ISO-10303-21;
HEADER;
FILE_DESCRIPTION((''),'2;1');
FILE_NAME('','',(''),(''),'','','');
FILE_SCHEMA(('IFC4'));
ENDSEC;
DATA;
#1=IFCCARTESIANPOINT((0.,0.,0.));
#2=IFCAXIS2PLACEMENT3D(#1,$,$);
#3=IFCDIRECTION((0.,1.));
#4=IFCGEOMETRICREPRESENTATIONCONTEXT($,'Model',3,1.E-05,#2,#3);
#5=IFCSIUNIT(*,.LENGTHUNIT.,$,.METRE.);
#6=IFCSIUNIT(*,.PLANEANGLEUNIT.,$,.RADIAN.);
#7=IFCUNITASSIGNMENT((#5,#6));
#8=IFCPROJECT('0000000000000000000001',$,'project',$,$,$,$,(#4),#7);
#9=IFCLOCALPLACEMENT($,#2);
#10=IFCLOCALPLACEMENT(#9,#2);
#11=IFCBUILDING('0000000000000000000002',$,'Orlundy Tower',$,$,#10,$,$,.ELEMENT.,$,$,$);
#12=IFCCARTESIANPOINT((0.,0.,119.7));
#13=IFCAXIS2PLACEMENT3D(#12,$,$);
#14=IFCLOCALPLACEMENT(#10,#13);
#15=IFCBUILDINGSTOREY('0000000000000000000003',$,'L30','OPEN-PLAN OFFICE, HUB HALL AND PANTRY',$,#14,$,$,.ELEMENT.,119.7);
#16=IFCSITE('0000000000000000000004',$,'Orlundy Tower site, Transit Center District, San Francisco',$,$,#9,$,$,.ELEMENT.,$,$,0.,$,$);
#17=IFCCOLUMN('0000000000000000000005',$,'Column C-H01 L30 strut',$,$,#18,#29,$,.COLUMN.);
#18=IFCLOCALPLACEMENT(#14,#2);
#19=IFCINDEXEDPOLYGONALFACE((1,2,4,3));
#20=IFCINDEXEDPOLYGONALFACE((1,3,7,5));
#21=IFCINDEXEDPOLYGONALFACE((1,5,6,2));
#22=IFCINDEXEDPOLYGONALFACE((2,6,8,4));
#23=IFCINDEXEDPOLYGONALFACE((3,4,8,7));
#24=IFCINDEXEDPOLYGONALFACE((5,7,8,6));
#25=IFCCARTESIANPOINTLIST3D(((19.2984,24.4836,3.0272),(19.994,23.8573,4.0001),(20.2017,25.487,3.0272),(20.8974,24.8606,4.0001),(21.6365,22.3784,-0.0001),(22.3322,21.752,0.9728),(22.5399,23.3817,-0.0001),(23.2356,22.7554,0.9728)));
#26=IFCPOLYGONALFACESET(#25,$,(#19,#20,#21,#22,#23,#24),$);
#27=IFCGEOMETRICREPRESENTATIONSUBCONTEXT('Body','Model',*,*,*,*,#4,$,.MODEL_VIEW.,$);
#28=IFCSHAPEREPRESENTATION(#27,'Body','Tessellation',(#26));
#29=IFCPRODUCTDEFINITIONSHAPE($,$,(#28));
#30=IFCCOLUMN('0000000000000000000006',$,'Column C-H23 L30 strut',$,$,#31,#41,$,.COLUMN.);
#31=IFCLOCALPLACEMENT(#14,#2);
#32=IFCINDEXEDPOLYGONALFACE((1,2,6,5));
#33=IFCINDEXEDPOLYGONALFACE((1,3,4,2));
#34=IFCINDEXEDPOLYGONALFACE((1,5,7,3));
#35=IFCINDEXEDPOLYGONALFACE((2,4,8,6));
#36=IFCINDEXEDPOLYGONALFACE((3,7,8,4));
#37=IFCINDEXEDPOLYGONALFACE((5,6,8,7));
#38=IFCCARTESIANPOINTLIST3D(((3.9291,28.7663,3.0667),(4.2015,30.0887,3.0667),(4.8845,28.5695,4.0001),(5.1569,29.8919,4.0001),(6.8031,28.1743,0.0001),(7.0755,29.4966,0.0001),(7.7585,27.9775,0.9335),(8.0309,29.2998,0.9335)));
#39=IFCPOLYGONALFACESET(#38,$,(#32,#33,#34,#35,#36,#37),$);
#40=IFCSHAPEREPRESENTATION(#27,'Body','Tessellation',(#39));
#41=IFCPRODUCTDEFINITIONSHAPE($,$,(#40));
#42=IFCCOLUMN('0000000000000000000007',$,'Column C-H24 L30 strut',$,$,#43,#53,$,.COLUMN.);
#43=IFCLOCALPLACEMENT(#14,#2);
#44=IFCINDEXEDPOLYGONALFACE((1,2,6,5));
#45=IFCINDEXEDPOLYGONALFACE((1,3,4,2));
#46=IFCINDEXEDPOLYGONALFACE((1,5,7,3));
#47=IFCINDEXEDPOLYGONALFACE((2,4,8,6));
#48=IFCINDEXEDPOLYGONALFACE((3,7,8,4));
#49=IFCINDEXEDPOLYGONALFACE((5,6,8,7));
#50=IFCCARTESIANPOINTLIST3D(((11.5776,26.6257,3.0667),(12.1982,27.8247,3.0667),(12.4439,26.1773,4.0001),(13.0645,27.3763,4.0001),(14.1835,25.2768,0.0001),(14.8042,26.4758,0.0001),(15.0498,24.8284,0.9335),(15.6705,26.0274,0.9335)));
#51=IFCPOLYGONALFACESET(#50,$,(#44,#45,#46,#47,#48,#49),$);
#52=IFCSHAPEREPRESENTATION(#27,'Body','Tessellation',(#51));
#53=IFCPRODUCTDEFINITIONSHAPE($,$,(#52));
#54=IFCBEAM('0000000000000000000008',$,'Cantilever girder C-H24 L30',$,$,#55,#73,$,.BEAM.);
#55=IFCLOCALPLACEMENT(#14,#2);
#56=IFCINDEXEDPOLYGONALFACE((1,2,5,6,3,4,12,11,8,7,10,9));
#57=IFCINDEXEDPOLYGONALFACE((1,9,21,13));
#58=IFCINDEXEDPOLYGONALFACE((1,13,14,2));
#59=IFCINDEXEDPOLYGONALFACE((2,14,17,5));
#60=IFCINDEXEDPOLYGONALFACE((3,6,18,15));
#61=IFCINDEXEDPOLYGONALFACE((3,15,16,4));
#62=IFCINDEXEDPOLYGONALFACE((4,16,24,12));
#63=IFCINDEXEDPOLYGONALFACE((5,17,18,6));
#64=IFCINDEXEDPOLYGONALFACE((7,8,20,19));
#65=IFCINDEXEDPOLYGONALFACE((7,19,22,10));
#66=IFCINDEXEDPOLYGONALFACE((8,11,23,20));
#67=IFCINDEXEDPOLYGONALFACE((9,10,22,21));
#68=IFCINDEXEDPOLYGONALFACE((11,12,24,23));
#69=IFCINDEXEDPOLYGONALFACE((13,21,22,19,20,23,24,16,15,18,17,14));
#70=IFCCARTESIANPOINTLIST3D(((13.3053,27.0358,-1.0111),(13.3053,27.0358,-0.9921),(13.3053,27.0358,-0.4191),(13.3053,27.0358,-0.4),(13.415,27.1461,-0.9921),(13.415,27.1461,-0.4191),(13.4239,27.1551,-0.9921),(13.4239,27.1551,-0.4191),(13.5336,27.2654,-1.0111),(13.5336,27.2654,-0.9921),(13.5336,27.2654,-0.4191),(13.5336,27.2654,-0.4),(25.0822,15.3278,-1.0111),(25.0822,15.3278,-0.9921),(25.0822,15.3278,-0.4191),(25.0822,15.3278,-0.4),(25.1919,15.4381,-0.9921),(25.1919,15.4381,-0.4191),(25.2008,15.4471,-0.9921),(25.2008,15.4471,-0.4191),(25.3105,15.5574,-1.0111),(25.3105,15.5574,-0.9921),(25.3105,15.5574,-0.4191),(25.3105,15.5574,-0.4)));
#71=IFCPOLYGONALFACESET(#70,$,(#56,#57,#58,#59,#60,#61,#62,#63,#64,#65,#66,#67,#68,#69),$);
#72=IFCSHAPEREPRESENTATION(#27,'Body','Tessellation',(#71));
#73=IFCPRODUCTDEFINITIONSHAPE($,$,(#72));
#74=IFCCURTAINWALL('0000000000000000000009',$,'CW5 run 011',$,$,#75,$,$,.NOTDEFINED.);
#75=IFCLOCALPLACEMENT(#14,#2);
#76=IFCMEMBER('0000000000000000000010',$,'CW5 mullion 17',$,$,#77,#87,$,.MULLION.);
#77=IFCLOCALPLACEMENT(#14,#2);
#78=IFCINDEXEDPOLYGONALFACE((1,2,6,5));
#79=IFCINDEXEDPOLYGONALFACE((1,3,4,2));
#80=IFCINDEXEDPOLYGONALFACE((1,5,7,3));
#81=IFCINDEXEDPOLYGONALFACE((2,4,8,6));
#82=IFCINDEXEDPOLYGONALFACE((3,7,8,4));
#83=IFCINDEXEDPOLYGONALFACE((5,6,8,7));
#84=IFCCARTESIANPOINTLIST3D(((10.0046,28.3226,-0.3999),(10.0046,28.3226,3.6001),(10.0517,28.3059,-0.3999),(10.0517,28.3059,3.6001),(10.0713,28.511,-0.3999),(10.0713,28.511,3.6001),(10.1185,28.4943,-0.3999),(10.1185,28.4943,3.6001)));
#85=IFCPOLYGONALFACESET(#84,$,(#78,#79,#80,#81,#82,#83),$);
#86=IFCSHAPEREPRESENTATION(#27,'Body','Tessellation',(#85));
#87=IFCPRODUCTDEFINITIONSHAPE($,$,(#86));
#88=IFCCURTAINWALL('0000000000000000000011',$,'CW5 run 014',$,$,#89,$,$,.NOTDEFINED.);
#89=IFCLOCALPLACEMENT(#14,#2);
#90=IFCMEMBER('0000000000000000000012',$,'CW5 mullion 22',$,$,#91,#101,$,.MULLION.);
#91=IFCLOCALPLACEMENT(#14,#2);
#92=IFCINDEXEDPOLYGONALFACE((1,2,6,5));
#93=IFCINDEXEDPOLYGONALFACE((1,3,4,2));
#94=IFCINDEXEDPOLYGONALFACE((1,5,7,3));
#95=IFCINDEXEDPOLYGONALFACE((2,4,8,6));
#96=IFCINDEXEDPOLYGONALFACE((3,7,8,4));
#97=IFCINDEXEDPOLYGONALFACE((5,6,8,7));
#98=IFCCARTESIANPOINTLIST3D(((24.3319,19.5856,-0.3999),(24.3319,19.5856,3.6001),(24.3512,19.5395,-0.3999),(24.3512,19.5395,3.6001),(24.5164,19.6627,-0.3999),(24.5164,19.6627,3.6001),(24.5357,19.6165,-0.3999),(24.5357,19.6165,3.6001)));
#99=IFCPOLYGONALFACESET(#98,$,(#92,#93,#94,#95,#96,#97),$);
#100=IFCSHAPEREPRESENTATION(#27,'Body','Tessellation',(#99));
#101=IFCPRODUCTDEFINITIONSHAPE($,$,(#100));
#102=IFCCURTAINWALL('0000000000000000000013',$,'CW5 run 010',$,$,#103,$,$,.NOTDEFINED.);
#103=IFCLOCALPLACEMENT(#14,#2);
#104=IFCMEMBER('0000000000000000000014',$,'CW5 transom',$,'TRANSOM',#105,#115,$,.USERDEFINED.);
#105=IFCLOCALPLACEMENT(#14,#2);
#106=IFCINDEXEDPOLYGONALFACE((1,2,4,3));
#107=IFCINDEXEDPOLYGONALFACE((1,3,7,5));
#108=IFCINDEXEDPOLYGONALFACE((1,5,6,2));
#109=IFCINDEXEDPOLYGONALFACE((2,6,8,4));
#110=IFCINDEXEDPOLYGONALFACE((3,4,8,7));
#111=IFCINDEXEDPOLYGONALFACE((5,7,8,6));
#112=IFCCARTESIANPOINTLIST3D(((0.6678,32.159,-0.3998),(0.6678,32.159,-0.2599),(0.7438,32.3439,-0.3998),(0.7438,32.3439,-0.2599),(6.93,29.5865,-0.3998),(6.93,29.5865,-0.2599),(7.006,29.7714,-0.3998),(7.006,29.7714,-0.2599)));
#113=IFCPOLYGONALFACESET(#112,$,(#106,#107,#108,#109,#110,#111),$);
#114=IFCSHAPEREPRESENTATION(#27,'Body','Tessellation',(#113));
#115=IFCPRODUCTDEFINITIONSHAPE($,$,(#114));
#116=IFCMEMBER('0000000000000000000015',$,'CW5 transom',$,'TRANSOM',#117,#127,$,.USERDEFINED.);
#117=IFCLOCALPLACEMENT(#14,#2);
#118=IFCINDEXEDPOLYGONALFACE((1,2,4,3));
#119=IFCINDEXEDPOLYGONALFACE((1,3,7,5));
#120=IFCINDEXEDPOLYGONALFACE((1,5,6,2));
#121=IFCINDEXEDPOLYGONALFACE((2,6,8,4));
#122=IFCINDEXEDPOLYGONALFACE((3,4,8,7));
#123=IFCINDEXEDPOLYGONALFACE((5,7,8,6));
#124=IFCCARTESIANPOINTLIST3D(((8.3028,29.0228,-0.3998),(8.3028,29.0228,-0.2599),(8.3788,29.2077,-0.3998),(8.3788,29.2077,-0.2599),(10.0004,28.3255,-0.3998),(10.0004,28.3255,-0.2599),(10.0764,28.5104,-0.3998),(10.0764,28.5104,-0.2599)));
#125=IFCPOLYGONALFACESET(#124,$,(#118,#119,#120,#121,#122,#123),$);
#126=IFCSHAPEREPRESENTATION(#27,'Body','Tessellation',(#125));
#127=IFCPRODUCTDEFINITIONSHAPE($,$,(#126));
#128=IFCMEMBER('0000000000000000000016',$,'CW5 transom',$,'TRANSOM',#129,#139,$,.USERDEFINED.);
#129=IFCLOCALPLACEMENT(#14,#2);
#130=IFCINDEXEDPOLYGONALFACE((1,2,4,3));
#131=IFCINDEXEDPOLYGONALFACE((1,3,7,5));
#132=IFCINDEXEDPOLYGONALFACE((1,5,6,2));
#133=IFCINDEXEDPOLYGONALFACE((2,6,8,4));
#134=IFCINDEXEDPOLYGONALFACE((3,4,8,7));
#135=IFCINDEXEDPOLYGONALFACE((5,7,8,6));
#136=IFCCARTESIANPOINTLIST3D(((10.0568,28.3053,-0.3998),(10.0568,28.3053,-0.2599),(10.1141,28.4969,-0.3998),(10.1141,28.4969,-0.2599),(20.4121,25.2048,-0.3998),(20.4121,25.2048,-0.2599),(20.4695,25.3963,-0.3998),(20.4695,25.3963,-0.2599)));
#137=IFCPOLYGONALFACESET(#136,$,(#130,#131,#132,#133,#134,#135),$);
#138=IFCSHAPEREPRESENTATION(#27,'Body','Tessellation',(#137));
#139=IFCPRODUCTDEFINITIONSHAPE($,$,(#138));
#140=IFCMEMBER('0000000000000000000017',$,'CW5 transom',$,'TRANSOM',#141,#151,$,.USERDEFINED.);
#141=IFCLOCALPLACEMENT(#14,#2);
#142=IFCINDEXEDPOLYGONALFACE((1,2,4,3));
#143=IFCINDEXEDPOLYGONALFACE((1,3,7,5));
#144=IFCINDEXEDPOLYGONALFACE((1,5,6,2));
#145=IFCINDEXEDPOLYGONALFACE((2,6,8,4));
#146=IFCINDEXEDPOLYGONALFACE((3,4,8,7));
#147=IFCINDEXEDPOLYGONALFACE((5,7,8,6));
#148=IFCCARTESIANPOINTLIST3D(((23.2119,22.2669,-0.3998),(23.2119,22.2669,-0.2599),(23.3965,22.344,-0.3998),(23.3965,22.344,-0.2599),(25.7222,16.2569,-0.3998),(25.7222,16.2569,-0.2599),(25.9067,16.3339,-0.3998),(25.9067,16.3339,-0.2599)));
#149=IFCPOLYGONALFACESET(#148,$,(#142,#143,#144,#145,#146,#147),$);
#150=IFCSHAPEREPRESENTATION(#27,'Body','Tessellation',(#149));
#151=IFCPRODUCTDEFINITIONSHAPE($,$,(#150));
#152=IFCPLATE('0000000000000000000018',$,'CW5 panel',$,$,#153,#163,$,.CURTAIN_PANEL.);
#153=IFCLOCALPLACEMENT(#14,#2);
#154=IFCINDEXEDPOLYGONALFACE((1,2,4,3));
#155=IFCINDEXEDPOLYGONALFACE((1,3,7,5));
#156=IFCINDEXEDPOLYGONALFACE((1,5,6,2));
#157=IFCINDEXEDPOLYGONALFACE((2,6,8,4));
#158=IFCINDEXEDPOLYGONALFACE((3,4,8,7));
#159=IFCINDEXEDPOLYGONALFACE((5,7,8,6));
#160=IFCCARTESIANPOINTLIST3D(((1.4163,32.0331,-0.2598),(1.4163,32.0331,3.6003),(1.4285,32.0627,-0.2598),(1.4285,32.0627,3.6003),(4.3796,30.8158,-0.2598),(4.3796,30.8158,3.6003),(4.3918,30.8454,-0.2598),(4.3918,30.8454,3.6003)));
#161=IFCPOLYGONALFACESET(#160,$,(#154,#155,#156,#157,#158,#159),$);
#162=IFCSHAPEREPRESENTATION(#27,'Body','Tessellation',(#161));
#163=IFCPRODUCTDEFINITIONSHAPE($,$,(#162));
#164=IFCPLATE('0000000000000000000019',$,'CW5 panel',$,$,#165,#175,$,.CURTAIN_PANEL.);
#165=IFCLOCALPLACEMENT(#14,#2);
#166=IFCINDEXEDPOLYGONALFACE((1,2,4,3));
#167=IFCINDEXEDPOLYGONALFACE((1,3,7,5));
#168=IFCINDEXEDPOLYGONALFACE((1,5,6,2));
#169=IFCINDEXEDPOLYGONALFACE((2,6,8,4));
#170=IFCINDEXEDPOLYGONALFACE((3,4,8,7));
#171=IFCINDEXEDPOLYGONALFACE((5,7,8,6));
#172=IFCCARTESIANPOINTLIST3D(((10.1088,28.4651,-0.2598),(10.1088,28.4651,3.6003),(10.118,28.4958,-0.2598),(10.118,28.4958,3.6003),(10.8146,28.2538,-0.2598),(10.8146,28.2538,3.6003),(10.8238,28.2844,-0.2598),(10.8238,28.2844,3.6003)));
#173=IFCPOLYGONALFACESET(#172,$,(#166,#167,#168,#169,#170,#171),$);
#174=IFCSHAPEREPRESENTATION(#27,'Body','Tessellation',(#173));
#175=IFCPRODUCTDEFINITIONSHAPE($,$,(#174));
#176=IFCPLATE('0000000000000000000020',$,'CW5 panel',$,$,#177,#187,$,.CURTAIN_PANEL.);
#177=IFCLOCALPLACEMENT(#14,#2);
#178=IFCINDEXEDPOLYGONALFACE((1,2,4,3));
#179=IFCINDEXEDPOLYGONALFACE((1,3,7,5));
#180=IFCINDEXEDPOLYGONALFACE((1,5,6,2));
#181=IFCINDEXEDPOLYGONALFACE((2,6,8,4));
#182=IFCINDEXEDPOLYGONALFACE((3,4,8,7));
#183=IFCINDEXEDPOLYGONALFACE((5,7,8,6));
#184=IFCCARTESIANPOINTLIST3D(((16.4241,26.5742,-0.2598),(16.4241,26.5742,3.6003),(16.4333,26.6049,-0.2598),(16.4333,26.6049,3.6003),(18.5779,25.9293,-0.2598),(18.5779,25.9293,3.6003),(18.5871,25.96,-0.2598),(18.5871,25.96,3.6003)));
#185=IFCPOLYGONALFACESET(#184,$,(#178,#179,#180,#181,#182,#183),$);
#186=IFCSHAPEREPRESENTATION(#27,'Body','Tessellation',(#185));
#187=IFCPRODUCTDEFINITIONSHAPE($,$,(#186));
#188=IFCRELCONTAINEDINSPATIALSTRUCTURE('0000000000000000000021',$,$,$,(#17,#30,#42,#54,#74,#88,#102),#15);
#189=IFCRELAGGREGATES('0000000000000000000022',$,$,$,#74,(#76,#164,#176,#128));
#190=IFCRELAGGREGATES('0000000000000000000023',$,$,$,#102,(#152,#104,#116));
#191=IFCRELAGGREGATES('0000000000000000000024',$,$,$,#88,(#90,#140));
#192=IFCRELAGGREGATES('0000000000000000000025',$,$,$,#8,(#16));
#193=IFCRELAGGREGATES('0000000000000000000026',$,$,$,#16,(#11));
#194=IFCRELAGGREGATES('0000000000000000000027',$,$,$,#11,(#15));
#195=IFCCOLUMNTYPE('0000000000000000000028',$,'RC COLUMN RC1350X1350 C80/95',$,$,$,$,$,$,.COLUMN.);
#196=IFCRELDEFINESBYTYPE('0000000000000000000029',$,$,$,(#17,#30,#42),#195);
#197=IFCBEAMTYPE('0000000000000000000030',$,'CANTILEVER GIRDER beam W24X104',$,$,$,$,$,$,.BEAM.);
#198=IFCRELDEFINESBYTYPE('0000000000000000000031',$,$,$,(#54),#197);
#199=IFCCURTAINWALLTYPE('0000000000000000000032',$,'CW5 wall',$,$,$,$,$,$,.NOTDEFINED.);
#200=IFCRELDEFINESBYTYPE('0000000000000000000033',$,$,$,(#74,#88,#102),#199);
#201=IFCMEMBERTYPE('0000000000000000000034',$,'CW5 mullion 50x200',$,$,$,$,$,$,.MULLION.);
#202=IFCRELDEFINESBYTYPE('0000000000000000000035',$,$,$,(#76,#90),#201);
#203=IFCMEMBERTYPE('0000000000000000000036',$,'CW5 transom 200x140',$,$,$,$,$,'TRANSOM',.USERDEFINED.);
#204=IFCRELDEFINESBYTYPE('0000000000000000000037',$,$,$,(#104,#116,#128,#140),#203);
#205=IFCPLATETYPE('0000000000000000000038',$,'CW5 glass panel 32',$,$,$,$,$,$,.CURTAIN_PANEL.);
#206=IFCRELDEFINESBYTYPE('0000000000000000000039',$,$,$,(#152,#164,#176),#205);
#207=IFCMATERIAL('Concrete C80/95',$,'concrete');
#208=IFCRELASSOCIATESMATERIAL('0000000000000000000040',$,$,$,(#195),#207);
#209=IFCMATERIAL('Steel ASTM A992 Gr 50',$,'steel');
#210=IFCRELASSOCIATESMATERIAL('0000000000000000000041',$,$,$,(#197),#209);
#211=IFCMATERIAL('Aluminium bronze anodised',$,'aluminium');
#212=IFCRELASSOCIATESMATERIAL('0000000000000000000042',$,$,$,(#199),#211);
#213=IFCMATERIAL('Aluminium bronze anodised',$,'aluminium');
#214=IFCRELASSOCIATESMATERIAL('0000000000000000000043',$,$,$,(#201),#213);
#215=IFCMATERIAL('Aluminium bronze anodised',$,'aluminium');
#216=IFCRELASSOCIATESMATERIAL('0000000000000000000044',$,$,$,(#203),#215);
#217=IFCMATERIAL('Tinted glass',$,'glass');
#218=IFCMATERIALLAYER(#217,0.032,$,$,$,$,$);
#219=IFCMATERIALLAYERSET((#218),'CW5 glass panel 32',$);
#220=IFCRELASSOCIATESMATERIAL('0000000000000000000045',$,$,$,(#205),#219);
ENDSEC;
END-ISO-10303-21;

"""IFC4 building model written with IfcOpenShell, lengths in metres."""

from ifc_helpers import new_model, si_unit, direction, frame, origin, origin_2d, place, context, subcontext, project, spatial, rectangle, i_section, extrude, material, layer, layer_set, material_profile, profile_set, type_object, element, aggregate, save


model = new_model("IFC4")

# Units and contexts
model_context = context("Model", 3, precision=1e-05, world=origin(), true_north=direction((0.0, 1.0)))
body_context = subcontext(model_context, "Body", "Model", "MODEL_VIEW")
ifc_project = project(units=[si_unit("LENGTHUNIT", "METRE"), si_unit("PLANEANGLEUNIT", "RADIAN")], contexts=[model_context])

# Site, building, storey
site_placement = place(None, origin())
site = spatial("IfcSite", under=ifc_project, at=site_placement, Name="Orlundy Tower site, Transit Center District, San Francisco", CompositionType="ELEMENT", RefElevation=0.0)
building_placement = place(site_placement, origin())
building = spatial("IfcBuilding", under=site, at=building_placement, Name="Orlundy Tower", CompositionType="ELEMENT")
storey_placement = place(building_placement, frame((0.0, 0.0, 119.7)))
storey = spatial("IfcBuildingStorey", under=building, at=storey_placement, Name="L30", Description="OPEN-PLAN OFFICE, HUB HALL AND PANTRY", CompositionType="ELEMENT", Elevation=119.7)

# Columns
ifc_material_1 = material(Name="Concrete C80/95", Category="concrete")
ifc_material_profile_1 = material_profile(ifc_material_1, rectangle(XDim=1.3501, YDim=1.3501, at=origin_2d()), Name="RC1350X1350")
ifc_profile_set_1 = profile_set([ifc_material_profile_1], Name="Concrete C80/95")
column_type = type_object("IfcColumnType", Name="RC COLUMN RC1350X1350 C80/95", PredefinedType="COLUMN", material=ifc_profile_set_1)
column_placement = place(storey_placement, frame((22.436, 22.5669, 0.4863), z_axis=(-0.535509, 0.482165, 0.69336), x_axis=(-0.669123, -0.743151, 0.0)))
element("IfcColumn", 1, at=column_placement, inside=storey, type_object=column_type, Name="Column C-H01 L30 strut", PredefinedType="COLUMN", context=body_context, shape_type="SweptSolid", body=[
    extrude(rectangle(XDim=1.3501, YDim=1.3501, at=origin_2d()), origin(), (0.0, 0.0, 1.0), 4.3662),
])
for number, where, z_axis, x_axis, name in (
    (2, (7.417, 28.7371, 0.4668), (-0.677134, 0.139488, 0.722518), (-0.201761, -0.979435, 0.0), "Column C-H23 L30 strut"),
    (3, (14.927, 25.6521, 0.4668), (-0.613977, 0.317802, 0.722519), (-0.459683, -0.888083, 0.0), "Column C-H24 L30 strut"),
):
    element("IfcColumn", number, at=place(storey_placement, frame(where, z_axis=z_axis, x_axis=x_axis)), inside=storey, type_object=column_type, Name=name, PredefinedType="COLUMN", context=body_context, shape_type="SweptSolid", body=[
        extrude(rectangle(XDim=1.3501, YDim=1.3501, at=origin_2d()), origin(), (0.0, 0.0, 1.0), 4.2444),
    ])

# Beam
ifc_material_2 = material(Name="Steel ASTM A992 Gr 50", Category="steel")
ifc_material_profile_2 = material_profile(ifc_material_2, i_section(OverallWidth=0.3237, OverallDepth=0.6111, WebThickness=0.0127, FlangeThickness=0.019, at=origin_2d()), Name="W24X104")
ifc_profile_set_2 = profile_set([ifc_material_profile_2], Name="Steel ASTM A992 Gr 50")
beam_type = type_object("IfcBeamType", Name="CANTILEVER GIRDER beam W24X104", PredefinedType="BEAM", material=ifc_profile_set_2)
beam_placement = place(storey_placement, frame((13.4194, 27.1506, -0.7056), z_axis=(0.709177, -0.705031, 0.0), x_axis=(0.705031, 0.709177, 0.0)))
element("IfcBeam", 4, at=beam_placement, inside=storey, type_object=beam_type, Name="Cantilever girder C-H24 L30", PredefinedType="BEAM", context=body_context, shape_type="SweptSolid", body=[
    extrude(i_section(OverallWidth=0.3237, OverallDepth=0.6111, WebThickness=0.0127, FlangeThickness=0.019, at=origin_2d()), origin(), (0.0, 0.0, 1.0), 16.6064),
])

# Curtain walls, members
ifc_material_3 = material(Name="Aluminium bronze anodised", Category="aluminium")
curtain_wall_type = type_object("IfcCurtainWallType", Name="CW5 wall", PredefinedType="NOTDEFINED", material=ifc_material_3)
curtain_wall_1_placement = place(storey_placement, origin())
curtain_wall_1 = element("IfcCurtainWall", 5, at=curtain_wall_1_placement, inside=storey, type_object=curtain_wall_type, Name="CW5 run 011", PredefinedType="NOTDEFINED")
ifc_material_4 = material(Name="Aluminium bronze anodised", Category="aluminium")
ifc_material_profile_3 = material_profile(ifc_material_4, rectangle(XDim=0.2, YDim=0.05, at=origin_2d()), Name="CW5 mullion 50x200")
ifc_profile_set_3 = profile_set([ifc_material_profile_3], Name="Aluminium bronze anodised")
member_type_1 = type_object("IfcMemberType", Name="CW5 mullion 50x200", PredefinedType="MULLION", material=ifc_profile_set_3)
member_1_placement = place(storey_placement, frame((10.0615, 28.4084, -0.3999), z_axis=(0.0, 0.0, 1.0), x_axis=(0.333819, 0.942637, 0.0)))
member_1 = element("IfcMember", 6, at=member_1_placement, type_object=member_type_1, Name="CW5 mullion 17", PredefinedType="MULLION", context=body_context, shape_type="SweptSolid", body=[
    extrude(rectangle(XDim=0.2, YDim=0.05, at=origin_2d()), origin(), (0.0, 0.0, 1.0), 4.0),
])
curtain_wall_2_placement = place(storey_placement, origin())
curtain_wall_2 = element("IfcCurtainWall", 7, at=curtain_wall_2_placement, inside=storey, type_object=curtain_wall_type, Name="CW5 run 014", PredefinedType="NOTDEFINED")
member_2_placement = place(storey_placement, frame((24.4338, 19.6011, -0.3999), z_axis=(0.0, 0.0, 1.0), x_axis=(0.922742, 0.385419, 0.0)))
member_2 = element("IfcMember", 8, at=member_2_placement, type_object=member_type_1, Name="CW5 mullion 22", PredefinedType="MULLION", context=body_context, shape_type="SweptSolid", body=[
    extrude(rectangle(XDim=0.2, YDim=0.05, at=origin_2d()), origin(), (0.0, 0.0, 1.0), 4.0),
])

# Curtain wall, members
curtain_wall_3_placement = place(storey_placement, origin())
curtain_wall_3 = element("IfcCurtainWall", 9, at=curtain_wall_3_placement, inside=storey, type_object=curtain_wall_type, Name="CW5 run 010", PredefinedType="NOTDEFINED")
ifc_material_5 = material(Name="Aluminium bronze anodised", Category="aluminium")
ifc_material_profile_4 = material_profile(ifc_material_5, rectangle(XDim=0.2, YDim=0.1399, at=origin_2d()), Name="CW5 transom 200x140")
ifc_profile_set_4 = profile_set([ifc_material_profile_4], Name="Aluminium bronze anodised")
member_type_2 = type_object("IfcMemberType", Name="CW5 transom 200x140", ElementType="TRANSOM", PredefinedType="USERDEFINED", material=ifc_profile_set_4)
member_3_placement = place(storey_placement, frame((0.7058, 32.2515, -0.3298), z_axis=(0.924992, -0.379986, 0.0), x_axis=(0.379986, 0.924992, 0.0)))
member_3 = element("IfcMember", 10, at=member_3_placement, type_object=member_type_2, Name="CW5 transom", ObjectType="TRANSOM", PredefinedType="USERDEFINED", context=body_context, shape_type="SweptSolid", body=[
    extrude(rectangle(XDim=0.2, YDim=0.1399, at=origin_2d()), origin(), (0.0, 0.0, 1.0), 6.77),
])
member_4_placement = place(storey_placement, frame((8.3408, 29.1152, -0.3298), z_axis=(0.925006, -0.379953, 0.0), x_axis=(0.379953, 0.925006, 0.0)))
member_4 = element("IfcMember", 11, at=member_4_placement, type_object=member_type_2, Name="CW5 transom", ObjectType="TRANSOM", PredefinedType="USERDEFINED", context=body_context, shape_type="SweptSolid", body=[
    extrude(rectangle(XDim=0.2, YDim=0.1399, at=origin_2d()), origin(), (0.0, 0.0, 1.0), 1.8352),
])

# Members
member_5_placement = place(storey_placement, frame((10.0854, 28.4011, -0.3298), z_axis=(0.95798, -0.286834, 0.0), x_axis=(0.286834, 0.95798, 0.0)))
member_5 = element("IfcMember", 12, at=member_5_placement, type_object=member_type_2, Name="CW5 transom", ObjectType="TRANSOM", PredefinedType="USERDEFINED", context=body_context, shape_type="SweptSolid", body=[
    extrude(rectangle(XDim=0.2, YDim=0.1399, at=origin_2d()), origin(), (0.0, 0.0, 1.0), 10.8096),
])
member_6_placement = place(storey_placement, frame((23.3042, 22.3054, -0.3298), z_axis=(0.385411, -0.922745, 0.0), x_axis=(0.922745, 0.385411, 0.0)))
member_6 = element("IfcMember", 13, at=member_6_placement, type_object=member_type_2, Name="CW5 transom", ObjectType="TRANSOM", PredefinedType="USERDEFINED", context=body_context, shape_type="SweptSolid", body=[
    extrude(rectangle(XDim=0.2, YDim=0.1399, at=origin_2d()), origin(), (0.0, 0.0, 1.0), 6.5132),
])

# Plates
ifc_material_6 = material(Name="Tinted glass", Category="glass")
ifc_layer_1 = layer(ifc_material_6, 0.032)
ifc_layer_set_1 = layer_set([ifc_layer_1], Name="CW5 glass panel 32")
plate_type_1 = type_object("IfcPlateType", Name="CW5 glass panel 32", PredefinedType="CURTAIN_PANEL", material=ifc_layer_set_1)
plate_1_placement = place(storey_placement, frame((2.9041, 31.4392, -0.2598), z_axis=(0.0, 0.0, 1.0), x_axis=(0.924996, -0.379977, 0.0)))
plate_1 = element("IfcPlate", 14, at=plate_1_placement, type_object=plate_type_1, Name="CW5 panel", PredefinedType="CURTAIN_PANEL", context=body_context, shape_type="SweptSolid", body=[
    extrude(rectangle(XDim=3.2036, YDim=0.032, at=origin_2d()), origin(), (0.0, 0.0, 1.0), 3.8601),
])
plate_2_placement = place(storey_placement, frame((10.4663, 28.3748, -0.2598), z_axis=(0.0, 0.0, 1.0), x_axis=(0.957977, -0.286845, 0.0)))
plate_2 = element("IfcPlate", 15, at=plate_2_placement, type_object=plate_type_1, Name="CW5 panel", PredefinedType="CURTAIN_PANEL", context=body_context, shape_type="SweptSolid", body=[
    extrude(rectangle(XDim=0.7368, YDim=0.032, at=origin_2d()), origin(), (0.0, 0.0, 1.0), 3.8601),
])
plate_3_placement = place(storey_placement, frame((17.5056, 26.2671, -0.2598), z_axis=(0.0, 0.0, 1.0), x_axis=(0.957977, -0.286845, 0.0)))
plate_3 = element("IfcPlate", 16, at=plate_3_placement, type_object=plate_type_1, Name="CW5 panel", PredefinedType="CURTAIN_PANEL", context=body_context, shape_type="SweptSolid", body=[
    extrude(rectangle(XDim=2.2483, YDim=0.032, at=origin_2d()), origin(), (0.0, 0.0, 1.0), 3.8601),
])
aggregate(curtain_wall_1, [member_1, plate_2, plate_3, member_5])
aggregate(curtain_wall_3, [plate_1, member_3, member_4])
aggregate(curtain_wall_2, [member_2, member_6])

save(model, "model.ifc")
